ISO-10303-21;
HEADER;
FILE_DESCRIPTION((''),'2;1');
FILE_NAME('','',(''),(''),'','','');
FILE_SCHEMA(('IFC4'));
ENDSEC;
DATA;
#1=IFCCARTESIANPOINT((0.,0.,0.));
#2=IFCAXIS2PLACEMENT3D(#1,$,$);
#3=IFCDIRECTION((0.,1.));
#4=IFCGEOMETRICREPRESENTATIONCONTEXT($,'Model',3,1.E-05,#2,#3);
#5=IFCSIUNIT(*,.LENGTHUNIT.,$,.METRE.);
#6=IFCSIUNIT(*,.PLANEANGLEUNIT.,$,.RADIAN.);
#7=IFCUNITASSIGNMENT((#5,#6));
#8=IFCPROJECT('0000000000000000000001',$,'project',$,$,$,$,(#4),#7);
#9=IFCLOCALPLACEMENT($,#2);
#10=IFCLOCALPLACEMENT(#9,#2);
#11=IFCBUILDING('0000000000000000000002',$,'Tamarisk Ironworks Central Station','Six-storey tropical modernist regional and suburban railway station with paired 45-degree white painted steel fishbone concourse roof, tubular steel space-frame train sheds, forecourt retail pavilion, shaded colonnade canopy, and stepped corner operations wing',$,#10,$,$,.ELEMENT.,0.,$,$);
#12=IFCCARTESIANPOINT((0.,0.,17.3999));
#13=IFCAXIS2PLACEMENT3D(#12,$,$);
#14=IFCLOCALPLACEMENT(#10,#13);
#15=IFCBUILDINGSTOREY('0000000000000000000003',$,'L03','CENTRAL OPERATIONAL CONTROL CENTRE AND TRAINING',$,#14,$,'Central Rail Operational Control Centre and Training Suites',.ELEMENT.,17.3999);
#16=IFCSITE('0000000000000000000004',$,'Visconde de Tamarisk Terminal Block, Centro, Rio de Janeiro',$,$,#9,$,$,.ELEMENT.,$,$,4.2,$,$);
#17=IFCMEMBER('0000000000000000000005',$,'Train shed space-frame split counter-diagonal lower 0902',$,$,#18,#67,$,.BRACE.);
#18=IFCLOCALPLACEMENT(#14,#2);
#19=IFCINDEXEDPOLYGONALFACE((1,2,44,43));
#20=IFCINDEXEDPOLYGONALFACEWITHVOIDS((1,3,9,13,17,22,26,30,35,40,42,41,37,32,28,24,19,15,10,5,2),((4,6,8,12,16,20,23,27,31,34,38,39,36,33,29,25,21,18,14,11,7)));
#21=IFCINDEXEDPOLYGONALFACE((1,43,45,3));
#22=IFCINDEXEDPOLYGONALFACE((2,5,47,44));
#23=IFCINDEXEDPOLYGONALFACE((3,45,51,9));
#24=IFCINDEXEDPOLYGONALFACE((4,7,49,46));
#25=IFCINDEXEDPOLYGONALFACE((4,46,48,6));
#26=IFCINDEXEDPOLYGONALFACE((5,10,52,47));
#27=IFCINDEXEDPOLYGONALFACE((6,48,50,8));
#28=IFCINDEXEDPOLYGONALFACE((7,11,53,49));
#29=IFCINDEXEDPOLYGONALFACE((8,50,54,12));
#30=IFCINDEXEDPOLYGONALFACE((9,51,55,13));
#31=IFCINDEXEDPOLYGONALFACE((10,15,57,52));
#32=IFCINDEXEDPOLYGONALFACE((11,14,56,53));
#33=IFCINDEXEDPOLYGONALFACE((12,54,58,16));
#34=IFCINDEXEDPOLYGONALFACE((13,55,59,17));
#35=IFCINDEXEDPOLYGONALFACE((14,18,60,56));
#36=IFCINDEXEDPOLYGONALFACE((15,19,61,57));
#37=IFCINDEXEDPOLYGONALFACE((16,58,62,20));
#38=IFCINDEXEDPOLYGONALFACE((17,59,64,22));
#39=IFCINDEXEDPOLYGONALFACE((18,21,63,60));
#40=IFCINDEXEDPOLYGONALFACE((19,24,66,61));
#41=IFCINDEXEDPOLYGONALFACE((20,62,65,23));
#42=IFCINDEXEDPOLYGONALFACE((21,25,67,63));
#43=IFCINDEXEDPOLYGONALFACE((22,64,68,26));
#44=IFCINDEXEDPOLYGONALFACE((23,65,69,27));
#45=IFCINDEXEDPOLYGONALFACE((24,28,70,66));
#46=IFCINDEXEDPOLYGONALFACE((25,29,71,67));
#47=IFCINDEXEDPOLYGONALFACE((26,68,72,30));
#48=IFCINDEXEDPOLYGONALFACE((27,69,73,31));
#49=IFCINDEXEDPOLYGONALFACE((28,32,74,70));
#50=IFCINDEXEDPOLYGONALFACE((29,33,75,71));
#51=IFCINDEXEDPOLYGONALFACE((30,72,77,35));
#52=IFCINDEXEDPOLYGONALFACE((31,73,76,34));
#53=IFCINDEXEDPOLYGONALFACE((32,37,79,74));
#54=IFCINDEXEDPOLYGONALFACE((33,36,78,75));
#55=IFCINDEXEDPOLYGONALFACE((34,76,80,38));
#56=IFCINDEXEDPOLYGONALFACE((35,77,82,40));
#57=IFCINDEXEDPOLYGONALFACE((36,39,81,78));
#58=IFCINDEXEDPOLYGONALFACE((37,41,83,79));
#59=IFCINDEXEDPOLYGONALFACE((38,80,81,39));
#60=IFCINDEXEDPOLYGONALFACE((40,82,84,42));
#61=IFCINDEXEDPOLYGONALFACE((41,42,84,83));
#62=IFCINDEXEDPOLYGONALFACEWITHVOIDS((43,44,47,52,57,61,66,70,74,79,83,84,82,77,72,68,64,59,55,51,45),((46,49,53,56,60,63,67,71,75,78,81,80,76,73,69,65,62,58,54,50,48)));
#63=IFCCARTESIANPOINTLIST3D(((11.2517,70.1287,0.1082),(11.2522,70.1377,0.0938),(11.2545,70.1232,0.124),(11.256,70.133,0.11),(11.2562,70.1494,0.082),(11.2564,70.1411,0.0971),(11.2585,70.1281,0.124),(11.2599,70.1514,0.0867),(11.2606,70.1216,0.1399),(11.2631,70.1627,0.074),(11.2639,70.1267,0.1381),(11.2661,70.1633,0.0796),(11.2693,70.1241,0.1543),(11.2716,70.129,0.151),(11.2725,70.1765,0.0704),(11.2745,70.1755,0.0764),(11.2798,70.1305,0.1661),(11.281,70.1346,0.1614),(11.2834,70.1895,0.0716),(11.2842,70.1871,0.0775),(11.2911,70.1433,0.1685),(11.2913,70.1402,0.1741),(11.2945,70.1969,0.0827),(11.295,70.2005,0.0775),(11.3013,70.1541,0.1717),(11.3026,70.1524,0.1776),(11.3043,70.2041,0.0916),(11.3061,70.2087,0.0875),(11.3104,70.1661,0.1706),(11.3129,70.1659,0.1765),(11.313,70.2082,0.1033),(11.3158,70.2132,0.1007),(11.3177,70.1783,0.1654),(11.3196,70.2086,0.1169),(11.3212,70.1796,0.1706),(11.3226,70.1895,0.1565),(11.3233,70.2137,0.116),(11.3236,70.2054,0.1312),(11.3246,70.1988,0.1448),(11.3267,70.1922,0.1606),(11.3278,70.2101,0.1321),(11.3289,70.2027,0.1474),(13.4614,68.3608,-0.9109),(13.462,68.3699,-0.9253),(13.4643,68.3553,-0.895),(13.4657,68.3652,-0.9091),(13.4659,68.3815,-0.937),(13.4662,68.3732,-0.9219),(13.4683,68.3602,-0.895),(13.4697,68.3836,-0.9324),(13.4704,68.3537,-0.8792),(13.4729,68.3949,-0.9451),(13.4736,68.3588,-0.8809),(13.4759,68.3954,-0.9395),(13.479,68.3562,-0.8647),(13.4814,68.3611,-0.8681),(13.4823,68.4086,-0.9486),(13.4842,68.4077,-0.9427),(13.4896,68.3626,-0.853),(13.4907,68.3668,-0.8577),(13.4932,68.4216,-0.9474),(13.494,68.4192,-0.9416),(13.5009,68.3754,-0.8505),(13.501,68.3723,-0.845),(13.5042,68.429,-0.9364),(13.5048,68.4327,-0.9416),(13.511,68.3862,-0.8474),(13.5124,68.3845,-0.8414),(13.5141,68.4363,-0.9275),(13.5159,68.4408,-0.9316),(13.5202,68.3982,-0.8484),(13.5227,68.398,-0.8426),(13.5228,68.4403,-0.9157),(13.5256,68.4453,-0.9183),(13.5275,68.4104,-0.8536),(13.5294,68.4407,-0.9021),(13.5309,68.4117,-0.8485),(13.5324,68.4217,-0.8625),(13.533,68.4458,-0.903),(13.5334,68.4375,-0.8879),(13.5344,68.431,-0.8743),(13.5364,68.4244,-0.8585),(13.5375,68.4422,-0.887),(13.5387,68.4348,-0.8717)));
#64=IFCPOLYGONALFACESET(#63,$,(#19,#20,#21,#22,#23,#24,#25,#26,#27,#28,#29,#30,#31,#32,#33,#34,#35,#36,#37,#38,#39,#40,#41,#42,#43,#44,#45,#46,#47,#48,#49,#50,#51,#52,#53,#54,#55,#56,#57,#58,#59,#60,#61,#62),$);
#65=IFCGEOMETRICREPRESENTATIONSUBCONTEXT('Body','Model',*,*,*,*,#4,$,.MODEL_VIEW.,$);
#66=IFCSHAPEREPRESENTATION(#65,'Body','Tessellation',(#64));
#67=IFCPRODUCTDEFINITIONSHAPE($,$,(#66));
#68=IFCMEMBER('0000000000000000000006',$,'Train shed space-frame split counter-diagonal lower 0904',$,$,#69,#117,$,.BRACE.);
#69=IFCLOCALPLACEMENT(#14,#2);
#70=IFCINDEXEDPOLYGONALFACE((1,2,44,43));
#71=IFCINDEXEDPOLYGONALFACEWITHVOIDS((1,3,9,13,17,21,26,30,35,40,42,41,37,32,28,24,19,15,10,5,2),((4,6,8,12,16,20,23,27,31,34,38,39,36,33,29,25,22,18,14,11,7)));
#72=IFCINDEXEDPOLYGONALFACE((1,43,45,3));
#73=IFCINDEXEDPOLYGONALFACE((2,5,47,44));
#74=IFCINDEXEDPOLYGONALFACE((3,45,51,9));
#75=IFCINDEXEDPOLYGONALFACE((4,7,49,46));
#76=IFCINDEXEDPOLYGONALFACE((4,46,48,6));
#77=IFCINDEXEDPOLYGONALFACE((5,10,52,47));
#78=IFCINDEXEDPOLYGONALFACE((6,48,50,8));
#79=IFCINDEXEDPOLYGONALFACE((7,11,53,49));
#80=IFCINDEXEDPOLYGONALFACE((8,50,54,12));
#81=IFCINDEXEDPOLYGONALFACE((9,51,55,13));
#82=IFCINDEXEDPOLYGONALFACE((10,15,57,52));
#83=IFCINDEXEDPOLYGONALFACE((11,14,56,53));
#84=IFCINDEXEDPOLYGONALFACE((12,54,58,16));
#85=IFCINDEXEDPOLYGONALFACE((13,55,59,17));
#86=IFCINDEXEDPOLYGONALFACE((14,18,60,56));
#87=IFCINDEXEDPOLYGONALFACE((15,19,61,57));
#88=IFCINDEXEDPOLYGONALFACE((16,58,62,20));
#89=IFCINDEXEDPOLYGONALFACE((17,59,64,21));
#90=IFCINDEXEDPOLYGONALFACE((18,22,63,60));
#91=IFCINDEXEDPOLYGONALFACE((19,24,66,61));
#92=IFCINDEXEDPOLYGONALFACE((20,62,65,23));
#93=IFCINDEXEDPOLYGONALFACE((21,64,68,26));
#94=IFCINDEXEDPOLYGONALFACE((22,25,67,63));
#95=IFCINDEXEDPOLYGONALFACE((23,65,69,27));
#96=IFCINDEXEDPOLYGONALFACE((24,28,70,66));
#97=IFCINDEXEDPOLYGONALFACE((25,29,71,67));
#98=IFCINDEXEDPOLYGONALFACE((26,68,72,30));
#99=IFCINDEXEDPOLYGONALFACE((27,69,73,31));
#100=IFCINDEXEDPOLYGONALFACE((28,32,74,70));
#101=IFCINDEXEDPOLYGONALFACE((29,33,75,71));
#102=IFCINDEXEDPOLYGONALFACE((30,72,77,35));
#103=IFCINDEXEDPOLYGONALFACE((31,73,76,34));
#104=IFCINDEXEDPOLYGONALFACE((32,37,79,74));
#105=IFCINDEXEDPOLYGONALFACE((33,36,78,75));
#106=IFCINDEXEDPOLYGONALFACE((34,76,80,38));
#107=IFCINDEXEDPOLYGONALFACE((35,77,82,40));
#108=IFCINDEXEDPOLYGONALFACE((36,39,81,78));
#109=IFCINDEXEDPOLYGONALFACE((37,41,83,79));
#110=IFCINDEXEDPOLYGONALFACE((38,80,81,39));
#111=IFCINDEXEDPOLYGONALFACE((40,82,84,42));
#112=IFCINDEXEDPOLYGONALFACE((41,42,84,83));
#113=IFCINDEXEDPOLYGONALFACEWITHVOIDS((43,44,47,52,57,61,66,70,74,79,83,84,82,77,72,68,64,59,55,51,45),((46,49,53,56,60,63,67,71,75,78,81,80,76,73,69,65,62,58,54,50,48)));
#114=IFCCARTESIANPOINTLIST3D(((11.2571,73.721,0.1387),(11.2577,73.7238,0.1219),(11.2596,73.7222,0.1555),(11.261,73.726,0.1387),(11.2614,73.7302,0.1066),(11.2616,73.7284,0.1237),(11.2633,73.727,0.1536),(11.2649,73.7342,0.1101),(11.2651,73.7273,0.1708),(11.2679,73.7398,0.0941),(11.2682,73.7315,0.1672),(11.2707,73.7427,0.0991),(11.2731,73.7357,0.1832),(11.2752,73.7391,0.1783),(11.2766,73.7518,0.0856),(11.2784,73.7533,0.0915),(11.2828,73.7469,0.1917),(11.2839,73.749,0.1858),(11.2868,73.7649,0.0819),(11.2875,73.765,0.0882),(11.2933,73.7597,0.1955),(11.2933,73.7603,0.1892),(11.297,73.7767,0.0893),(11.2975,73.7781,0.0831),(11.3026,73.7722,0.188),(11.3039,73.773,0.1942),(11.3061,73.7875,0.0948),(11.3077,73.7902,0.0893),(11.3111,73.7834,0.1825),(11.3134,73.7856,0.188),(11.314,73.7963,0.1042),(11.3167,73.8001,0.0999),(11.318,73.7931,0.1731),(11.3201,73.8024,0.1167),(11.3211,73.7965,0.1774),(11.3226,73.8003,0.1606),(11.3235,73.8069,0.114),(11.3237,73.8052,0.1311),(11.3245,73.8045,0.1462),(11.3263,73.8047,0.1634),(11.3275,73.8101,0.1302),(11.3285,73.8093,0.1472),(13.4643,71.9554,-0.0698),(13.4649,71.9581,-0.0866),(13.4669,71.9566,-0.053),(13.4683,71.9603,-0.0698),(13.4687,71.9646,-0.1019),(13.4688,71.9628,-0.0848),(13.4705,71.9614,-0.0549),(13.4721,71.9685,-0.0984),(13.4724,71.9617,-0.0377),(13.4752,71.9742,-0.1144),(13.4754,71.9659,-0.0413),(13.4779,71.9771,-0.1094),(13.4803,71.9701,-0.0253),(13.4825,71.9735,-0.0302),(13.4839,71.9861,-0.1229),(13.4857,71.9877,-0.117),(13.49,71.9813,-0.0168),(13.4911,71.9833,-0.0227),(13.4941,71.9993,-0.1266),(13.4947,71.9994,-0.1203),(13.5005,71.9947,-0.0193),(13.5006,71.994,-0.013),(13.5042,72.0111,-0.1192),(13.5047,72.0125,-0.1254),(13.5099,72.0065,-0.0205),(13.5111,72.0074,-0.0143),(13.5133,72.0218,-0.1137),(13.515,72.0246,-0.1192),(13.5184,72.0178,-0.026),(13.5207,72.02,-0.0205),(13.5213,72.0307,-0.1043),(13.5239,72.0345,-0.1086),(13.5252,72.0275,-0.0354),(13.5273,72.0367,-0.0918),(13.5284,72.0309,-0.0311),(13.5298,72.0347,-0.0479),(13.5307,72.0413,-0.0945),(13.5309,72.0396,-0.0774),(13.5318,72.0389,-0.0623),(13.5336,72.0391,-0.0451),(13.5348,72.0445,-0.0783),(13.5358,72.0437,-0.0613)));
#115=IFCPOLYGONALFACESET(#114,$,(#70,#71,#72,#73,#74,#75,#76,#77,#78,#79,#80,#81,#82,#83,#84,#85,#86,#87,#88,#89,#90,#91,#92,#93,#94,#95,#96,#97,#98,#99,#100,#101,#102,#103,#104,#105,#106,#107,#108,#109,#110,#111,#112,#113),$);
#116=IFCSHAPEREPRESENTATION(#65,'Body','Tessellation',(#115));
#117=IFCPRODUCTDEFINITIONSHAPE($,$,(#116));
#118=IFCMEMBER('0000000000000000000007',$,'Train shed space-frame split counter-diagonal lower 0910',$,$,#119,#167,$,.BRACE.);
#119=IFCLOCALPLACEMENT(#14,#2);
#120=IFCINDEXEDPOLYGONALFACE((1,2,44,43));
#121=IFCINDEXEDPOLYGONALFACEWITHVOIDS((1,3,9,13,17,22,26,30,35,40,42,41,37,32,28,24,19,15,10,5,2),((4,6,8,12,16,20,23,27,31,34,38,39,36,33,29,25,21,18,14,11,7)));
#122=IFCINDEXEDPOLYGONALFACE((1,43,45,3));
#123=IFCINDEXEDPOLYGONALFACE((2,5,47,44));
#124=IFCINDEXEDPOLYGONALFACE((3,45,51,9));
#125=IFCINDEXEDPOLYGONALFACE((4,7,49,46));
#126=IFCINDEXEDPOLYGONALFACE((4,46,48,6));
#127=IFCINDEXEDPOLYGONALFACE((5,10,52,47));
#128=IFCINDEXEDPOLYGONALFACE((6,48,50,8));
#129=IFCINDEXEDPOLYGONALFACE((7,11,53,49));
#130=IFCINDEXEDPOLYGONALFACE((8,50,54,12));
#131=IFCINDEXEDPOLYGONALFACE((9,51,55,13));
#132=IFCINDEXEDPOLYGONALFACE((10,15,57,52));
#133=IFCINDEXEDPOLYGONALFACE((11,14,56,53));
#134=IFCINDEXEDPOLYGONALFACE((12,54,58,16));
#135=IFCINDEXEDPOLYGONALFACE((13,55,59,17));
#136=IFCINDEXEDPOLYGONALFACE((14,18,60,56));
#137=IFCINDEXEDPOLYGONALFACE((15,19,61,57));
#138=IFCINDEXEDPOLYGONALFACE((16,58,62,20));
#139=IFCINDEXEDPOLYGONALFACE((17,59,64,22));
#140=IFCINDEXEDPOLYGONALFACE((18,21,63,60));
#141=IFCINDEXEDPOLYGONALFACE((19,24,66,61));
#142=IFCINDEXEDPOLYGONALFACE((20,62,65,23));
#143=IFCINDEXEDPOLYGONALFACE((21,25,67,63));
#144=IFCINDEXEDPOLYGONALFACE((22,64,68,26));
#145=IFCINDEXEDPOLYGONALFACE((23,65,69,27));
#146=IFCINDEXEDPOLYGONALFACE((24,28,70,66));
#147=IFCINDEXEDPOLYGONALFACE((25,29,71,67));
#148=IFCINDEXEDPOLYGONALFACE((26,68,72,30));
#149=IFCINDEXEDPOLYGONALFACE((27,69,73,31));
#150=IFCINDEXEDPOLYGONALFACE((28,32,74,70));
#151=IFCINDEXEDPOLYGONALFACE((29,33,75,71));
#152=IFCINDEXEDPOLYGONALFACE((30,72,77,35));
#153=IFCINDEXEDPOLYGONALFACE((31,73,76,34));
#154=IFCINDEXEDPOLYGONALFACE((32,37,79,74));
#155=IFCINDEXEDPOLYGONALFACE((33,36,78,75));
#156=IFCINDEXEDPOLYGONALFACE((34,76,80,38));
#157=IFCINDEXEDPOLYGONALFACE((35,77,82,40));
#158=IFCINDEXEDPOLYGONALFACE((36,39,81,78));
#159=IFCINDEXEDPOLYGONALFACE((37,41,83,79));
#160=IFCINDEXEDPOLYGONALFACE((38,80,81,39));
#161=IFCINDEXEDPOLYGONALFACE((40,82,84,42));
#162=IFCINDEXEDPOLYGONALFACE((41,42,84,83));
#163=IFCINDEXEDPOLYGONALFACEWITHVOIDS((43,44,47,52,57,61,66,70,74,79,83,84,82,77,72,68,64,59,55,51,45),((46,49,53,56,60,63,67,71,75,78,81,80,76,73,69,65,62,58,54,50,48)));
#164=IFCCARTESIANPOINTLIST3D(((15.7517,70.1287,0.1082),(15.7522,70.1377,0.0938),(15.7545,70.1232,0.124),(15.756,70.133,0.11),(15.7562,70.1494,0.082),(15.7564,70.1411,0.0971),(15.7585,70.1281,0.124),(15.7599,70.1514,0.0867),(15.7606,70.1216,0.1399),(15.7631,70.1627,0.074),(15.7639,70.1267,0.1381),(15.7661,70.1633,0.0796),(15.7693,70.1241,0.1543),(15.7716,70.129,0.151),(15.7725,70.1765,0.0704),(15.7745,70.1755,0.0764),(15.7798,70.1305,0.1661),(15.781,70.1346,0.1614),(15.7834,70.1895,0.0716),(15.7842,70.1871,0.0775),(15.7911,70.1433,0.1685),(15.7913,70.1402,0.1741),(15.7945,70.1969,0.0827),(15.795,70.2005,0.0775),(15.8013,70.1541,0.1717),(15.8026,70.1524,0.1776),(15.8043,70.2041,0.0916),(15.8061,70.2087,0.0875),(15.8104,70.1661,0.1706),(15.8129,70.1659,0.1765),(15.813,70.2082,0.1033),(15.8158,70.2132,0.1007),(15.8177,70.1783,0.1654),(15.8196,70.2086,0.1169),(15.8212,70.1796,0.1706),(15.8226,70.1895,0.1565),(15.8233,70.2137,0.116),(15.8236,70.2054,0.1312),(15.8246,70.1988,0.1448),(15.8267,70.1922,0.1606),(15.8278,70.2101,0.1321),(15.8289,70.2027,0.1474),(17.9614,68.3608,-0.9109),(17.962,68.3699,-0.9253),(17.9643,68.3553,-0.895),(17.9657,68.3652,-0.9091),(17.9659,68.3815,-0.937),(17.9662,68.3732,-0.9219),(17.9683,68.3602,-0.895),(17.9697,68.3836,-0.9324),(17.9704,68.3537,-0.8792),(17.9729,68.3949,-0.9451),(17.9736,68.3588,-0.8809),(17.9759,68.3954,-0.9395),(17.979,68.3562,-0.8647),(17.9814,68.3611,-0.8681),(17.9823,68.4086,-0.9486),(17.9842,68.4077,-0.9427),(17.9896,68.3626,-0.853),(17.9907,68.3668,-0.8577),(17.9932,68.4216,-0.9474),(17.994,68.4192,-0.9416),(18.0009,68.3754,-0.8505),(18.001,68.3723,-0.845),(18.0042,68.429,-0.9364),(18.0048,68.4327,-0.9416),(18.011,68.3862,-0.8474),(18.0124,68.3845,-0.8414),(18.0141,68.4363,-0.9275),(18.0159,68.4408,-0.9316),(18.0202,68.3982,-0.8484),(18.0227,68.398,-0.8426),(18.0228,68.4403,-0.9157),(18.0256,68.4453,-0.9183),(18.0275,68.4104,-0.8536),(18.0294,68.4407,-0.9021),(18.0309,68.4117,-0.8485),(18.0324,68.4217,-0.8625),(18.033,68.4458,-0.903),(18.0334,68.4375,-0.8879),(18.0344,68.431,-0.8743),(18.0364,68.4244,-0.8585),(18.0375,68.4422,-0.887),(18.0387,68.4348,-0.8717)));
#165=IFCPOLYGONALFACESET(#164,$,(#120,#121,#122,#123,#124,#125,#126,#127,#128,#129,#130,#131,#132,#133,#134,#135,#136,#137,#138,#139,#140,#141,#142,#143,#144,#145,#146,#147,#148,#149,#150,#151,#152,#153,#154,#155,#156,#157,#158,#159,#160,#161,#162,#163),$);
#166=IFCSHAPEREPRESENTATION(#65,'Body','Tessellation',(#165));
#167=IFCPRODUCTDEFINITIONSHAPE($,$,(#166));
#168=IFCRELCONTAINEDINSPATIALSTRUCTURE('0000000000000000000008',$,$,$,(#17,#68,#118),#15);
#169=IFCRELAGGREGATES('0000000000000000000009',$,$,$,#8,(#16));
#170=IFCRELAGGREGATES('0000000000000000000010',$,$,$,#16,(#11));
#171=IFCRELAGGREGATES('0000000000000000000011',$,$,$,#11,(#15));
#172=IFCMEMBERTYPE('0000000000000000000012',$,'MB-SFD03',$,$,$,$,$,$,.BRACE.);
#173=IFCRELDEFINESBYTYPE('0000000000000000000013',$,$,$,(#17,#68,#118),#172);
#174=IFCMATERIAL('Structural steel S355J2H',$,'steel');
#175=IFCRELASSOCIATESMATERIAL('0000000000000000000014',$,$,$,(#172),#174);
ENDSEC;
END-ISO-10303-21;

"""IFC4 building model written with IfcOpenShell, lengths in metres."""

from ifc_helpers import new_model, si_unit, direction, frame, origin, origin_2d, place, context, subcontext, project, spatial, hollow_circle, extrude, material, material_profile, profile_set, type_object, element, save


model = new_model("IFC4")

# Units and contexts
model_context = context("Model", 3, precision=1e-05, world=origin(), true_north=direction((0.0, 1.0)))
body_context = subcontext(model_context, "Body", "Model", "MODEL_VIEW")
ifc_project = project(units=[si_unit("LENGTHUNIT", "METRE"), si_unit("PLANEANGLEUNIT", "RADIAN")], contexts=[model_context])

# Site, building, storey
site_placement = place(None, origin())
site = spatial("IfcSite", under=ifc_project, at=site_placement, Name="Visconde de Tamarisk Terminal Block, Centro, Rio de Janeiro", CompositionType="ELEMENT", RefElevation=4.2)
building_placement = place(site_placement, origin())
building = spatial("IfcBuilding", under=site, at=building_placement, Name="Tamarisk Ironworks Central Station", Description="Six-storey tropical modernist regional and suburban railway station with paired 45-degree white painted steel fishbone concourse roof, tubular steel space-frame train sheds, forecourt retail pavilion, shaded colonnade canopy, and stepped corner operations wing", CompositionType="ELEMENT", ElevationOfRefHeight=0.0)
storey_placement = place(building_placement, frame((0.0, 0.0, 17.3999)))
storey = spatial("IfcBuildingStorey", under=building, at=storey_placement, Name="L03", Description="CENTRAL OPERATIONAL CONTROL CENTRE AND TRAINING", LongName="Central Rail Operational Control Centre and Training Suites", CompositionType="ELEMENT", Elevation=17.3999)

# Members
ifc_material = material(Name="Structural steel S355J2H", Category="steel")
ifc_material_profile_1 = material_profile(ifc_material, hollow_circle(Radius=0.0571, WallThickness=0.0063, at=origin_2d()), Name="CHS 114.3x6.3")
ifc_profile_set_1 = profile_set([ifc_material_profile_1], Name="Structural steel S355J2H")
member_type_1 = type_object("IfcMemberType", Name="MB-SFD03", PredefinedType="BRACE", material=ifc_profile_set_1)
member_1_placement = place(storey_placement, frame((13.5, 68.3999, -0.895), z_axis=(-0.734677, 0.587758, 0.338807), x_axis=(-0.624706, -0.78086, 0.0)))
element("IfcMember", 1, at=member_1_placement, inside=storey, type_object=member_type_1, Name="Train shed space-frame split counter-diagonal lower 0902", PredefinedType="BRACE", context=body_context, shape_type="SweptSolid", body=[
    extrude(hollow_circle(Radius=0.0571, WallThickness=0.0063, at=origin_2d()), origin(), (0.0, 0.0, 1.0), 3.0078),
])
member_2_placement = place(storey_placement, frame((13.5, 72.0, -0.0698), z_axis=(-0.778787, 0.62296, 0.073563), x_axis=(-0.624653, -0.780903, 0.0)))
element("IfcMember", 2, at=member_2_placement, inside=storey, type_object=member_type_1, Name="Train shed space-frame split counter-diagonal lower 0904", PredefinedType="BRACE", context=body_context, shape_type="SweptSolid", body=[
    extrude(hollow_circle(Radius=0.0571, WallThickness=0.0063, at=origin_2d()), origin(), (0.0, 0.0, 1.0), 2.8342),
])
member_3_placement = place(storey_placement, frame((18.0, 68.3999, -0.895), z_axis=(-0.734677, 0.587758, 0.338807), x_axis=(-0.624706, -0.78086, 0.0)))
element("IfcMember", 3, at=member_3_placement, inside=storey, type_object=member_type_1, Name="Train shed space-frame split counter-diagonal lower 0910", PredefinedType="BRACE", context=body_context, shape_type="SweptSolid", body=[
    extrude(hollow_circle(Radius=0.0571, WallThickness=0.0063, at=origin_2d()), origin(), (0.0, 0.0, 1.0), 3.0078),
])

save(model, "model.ifc")
